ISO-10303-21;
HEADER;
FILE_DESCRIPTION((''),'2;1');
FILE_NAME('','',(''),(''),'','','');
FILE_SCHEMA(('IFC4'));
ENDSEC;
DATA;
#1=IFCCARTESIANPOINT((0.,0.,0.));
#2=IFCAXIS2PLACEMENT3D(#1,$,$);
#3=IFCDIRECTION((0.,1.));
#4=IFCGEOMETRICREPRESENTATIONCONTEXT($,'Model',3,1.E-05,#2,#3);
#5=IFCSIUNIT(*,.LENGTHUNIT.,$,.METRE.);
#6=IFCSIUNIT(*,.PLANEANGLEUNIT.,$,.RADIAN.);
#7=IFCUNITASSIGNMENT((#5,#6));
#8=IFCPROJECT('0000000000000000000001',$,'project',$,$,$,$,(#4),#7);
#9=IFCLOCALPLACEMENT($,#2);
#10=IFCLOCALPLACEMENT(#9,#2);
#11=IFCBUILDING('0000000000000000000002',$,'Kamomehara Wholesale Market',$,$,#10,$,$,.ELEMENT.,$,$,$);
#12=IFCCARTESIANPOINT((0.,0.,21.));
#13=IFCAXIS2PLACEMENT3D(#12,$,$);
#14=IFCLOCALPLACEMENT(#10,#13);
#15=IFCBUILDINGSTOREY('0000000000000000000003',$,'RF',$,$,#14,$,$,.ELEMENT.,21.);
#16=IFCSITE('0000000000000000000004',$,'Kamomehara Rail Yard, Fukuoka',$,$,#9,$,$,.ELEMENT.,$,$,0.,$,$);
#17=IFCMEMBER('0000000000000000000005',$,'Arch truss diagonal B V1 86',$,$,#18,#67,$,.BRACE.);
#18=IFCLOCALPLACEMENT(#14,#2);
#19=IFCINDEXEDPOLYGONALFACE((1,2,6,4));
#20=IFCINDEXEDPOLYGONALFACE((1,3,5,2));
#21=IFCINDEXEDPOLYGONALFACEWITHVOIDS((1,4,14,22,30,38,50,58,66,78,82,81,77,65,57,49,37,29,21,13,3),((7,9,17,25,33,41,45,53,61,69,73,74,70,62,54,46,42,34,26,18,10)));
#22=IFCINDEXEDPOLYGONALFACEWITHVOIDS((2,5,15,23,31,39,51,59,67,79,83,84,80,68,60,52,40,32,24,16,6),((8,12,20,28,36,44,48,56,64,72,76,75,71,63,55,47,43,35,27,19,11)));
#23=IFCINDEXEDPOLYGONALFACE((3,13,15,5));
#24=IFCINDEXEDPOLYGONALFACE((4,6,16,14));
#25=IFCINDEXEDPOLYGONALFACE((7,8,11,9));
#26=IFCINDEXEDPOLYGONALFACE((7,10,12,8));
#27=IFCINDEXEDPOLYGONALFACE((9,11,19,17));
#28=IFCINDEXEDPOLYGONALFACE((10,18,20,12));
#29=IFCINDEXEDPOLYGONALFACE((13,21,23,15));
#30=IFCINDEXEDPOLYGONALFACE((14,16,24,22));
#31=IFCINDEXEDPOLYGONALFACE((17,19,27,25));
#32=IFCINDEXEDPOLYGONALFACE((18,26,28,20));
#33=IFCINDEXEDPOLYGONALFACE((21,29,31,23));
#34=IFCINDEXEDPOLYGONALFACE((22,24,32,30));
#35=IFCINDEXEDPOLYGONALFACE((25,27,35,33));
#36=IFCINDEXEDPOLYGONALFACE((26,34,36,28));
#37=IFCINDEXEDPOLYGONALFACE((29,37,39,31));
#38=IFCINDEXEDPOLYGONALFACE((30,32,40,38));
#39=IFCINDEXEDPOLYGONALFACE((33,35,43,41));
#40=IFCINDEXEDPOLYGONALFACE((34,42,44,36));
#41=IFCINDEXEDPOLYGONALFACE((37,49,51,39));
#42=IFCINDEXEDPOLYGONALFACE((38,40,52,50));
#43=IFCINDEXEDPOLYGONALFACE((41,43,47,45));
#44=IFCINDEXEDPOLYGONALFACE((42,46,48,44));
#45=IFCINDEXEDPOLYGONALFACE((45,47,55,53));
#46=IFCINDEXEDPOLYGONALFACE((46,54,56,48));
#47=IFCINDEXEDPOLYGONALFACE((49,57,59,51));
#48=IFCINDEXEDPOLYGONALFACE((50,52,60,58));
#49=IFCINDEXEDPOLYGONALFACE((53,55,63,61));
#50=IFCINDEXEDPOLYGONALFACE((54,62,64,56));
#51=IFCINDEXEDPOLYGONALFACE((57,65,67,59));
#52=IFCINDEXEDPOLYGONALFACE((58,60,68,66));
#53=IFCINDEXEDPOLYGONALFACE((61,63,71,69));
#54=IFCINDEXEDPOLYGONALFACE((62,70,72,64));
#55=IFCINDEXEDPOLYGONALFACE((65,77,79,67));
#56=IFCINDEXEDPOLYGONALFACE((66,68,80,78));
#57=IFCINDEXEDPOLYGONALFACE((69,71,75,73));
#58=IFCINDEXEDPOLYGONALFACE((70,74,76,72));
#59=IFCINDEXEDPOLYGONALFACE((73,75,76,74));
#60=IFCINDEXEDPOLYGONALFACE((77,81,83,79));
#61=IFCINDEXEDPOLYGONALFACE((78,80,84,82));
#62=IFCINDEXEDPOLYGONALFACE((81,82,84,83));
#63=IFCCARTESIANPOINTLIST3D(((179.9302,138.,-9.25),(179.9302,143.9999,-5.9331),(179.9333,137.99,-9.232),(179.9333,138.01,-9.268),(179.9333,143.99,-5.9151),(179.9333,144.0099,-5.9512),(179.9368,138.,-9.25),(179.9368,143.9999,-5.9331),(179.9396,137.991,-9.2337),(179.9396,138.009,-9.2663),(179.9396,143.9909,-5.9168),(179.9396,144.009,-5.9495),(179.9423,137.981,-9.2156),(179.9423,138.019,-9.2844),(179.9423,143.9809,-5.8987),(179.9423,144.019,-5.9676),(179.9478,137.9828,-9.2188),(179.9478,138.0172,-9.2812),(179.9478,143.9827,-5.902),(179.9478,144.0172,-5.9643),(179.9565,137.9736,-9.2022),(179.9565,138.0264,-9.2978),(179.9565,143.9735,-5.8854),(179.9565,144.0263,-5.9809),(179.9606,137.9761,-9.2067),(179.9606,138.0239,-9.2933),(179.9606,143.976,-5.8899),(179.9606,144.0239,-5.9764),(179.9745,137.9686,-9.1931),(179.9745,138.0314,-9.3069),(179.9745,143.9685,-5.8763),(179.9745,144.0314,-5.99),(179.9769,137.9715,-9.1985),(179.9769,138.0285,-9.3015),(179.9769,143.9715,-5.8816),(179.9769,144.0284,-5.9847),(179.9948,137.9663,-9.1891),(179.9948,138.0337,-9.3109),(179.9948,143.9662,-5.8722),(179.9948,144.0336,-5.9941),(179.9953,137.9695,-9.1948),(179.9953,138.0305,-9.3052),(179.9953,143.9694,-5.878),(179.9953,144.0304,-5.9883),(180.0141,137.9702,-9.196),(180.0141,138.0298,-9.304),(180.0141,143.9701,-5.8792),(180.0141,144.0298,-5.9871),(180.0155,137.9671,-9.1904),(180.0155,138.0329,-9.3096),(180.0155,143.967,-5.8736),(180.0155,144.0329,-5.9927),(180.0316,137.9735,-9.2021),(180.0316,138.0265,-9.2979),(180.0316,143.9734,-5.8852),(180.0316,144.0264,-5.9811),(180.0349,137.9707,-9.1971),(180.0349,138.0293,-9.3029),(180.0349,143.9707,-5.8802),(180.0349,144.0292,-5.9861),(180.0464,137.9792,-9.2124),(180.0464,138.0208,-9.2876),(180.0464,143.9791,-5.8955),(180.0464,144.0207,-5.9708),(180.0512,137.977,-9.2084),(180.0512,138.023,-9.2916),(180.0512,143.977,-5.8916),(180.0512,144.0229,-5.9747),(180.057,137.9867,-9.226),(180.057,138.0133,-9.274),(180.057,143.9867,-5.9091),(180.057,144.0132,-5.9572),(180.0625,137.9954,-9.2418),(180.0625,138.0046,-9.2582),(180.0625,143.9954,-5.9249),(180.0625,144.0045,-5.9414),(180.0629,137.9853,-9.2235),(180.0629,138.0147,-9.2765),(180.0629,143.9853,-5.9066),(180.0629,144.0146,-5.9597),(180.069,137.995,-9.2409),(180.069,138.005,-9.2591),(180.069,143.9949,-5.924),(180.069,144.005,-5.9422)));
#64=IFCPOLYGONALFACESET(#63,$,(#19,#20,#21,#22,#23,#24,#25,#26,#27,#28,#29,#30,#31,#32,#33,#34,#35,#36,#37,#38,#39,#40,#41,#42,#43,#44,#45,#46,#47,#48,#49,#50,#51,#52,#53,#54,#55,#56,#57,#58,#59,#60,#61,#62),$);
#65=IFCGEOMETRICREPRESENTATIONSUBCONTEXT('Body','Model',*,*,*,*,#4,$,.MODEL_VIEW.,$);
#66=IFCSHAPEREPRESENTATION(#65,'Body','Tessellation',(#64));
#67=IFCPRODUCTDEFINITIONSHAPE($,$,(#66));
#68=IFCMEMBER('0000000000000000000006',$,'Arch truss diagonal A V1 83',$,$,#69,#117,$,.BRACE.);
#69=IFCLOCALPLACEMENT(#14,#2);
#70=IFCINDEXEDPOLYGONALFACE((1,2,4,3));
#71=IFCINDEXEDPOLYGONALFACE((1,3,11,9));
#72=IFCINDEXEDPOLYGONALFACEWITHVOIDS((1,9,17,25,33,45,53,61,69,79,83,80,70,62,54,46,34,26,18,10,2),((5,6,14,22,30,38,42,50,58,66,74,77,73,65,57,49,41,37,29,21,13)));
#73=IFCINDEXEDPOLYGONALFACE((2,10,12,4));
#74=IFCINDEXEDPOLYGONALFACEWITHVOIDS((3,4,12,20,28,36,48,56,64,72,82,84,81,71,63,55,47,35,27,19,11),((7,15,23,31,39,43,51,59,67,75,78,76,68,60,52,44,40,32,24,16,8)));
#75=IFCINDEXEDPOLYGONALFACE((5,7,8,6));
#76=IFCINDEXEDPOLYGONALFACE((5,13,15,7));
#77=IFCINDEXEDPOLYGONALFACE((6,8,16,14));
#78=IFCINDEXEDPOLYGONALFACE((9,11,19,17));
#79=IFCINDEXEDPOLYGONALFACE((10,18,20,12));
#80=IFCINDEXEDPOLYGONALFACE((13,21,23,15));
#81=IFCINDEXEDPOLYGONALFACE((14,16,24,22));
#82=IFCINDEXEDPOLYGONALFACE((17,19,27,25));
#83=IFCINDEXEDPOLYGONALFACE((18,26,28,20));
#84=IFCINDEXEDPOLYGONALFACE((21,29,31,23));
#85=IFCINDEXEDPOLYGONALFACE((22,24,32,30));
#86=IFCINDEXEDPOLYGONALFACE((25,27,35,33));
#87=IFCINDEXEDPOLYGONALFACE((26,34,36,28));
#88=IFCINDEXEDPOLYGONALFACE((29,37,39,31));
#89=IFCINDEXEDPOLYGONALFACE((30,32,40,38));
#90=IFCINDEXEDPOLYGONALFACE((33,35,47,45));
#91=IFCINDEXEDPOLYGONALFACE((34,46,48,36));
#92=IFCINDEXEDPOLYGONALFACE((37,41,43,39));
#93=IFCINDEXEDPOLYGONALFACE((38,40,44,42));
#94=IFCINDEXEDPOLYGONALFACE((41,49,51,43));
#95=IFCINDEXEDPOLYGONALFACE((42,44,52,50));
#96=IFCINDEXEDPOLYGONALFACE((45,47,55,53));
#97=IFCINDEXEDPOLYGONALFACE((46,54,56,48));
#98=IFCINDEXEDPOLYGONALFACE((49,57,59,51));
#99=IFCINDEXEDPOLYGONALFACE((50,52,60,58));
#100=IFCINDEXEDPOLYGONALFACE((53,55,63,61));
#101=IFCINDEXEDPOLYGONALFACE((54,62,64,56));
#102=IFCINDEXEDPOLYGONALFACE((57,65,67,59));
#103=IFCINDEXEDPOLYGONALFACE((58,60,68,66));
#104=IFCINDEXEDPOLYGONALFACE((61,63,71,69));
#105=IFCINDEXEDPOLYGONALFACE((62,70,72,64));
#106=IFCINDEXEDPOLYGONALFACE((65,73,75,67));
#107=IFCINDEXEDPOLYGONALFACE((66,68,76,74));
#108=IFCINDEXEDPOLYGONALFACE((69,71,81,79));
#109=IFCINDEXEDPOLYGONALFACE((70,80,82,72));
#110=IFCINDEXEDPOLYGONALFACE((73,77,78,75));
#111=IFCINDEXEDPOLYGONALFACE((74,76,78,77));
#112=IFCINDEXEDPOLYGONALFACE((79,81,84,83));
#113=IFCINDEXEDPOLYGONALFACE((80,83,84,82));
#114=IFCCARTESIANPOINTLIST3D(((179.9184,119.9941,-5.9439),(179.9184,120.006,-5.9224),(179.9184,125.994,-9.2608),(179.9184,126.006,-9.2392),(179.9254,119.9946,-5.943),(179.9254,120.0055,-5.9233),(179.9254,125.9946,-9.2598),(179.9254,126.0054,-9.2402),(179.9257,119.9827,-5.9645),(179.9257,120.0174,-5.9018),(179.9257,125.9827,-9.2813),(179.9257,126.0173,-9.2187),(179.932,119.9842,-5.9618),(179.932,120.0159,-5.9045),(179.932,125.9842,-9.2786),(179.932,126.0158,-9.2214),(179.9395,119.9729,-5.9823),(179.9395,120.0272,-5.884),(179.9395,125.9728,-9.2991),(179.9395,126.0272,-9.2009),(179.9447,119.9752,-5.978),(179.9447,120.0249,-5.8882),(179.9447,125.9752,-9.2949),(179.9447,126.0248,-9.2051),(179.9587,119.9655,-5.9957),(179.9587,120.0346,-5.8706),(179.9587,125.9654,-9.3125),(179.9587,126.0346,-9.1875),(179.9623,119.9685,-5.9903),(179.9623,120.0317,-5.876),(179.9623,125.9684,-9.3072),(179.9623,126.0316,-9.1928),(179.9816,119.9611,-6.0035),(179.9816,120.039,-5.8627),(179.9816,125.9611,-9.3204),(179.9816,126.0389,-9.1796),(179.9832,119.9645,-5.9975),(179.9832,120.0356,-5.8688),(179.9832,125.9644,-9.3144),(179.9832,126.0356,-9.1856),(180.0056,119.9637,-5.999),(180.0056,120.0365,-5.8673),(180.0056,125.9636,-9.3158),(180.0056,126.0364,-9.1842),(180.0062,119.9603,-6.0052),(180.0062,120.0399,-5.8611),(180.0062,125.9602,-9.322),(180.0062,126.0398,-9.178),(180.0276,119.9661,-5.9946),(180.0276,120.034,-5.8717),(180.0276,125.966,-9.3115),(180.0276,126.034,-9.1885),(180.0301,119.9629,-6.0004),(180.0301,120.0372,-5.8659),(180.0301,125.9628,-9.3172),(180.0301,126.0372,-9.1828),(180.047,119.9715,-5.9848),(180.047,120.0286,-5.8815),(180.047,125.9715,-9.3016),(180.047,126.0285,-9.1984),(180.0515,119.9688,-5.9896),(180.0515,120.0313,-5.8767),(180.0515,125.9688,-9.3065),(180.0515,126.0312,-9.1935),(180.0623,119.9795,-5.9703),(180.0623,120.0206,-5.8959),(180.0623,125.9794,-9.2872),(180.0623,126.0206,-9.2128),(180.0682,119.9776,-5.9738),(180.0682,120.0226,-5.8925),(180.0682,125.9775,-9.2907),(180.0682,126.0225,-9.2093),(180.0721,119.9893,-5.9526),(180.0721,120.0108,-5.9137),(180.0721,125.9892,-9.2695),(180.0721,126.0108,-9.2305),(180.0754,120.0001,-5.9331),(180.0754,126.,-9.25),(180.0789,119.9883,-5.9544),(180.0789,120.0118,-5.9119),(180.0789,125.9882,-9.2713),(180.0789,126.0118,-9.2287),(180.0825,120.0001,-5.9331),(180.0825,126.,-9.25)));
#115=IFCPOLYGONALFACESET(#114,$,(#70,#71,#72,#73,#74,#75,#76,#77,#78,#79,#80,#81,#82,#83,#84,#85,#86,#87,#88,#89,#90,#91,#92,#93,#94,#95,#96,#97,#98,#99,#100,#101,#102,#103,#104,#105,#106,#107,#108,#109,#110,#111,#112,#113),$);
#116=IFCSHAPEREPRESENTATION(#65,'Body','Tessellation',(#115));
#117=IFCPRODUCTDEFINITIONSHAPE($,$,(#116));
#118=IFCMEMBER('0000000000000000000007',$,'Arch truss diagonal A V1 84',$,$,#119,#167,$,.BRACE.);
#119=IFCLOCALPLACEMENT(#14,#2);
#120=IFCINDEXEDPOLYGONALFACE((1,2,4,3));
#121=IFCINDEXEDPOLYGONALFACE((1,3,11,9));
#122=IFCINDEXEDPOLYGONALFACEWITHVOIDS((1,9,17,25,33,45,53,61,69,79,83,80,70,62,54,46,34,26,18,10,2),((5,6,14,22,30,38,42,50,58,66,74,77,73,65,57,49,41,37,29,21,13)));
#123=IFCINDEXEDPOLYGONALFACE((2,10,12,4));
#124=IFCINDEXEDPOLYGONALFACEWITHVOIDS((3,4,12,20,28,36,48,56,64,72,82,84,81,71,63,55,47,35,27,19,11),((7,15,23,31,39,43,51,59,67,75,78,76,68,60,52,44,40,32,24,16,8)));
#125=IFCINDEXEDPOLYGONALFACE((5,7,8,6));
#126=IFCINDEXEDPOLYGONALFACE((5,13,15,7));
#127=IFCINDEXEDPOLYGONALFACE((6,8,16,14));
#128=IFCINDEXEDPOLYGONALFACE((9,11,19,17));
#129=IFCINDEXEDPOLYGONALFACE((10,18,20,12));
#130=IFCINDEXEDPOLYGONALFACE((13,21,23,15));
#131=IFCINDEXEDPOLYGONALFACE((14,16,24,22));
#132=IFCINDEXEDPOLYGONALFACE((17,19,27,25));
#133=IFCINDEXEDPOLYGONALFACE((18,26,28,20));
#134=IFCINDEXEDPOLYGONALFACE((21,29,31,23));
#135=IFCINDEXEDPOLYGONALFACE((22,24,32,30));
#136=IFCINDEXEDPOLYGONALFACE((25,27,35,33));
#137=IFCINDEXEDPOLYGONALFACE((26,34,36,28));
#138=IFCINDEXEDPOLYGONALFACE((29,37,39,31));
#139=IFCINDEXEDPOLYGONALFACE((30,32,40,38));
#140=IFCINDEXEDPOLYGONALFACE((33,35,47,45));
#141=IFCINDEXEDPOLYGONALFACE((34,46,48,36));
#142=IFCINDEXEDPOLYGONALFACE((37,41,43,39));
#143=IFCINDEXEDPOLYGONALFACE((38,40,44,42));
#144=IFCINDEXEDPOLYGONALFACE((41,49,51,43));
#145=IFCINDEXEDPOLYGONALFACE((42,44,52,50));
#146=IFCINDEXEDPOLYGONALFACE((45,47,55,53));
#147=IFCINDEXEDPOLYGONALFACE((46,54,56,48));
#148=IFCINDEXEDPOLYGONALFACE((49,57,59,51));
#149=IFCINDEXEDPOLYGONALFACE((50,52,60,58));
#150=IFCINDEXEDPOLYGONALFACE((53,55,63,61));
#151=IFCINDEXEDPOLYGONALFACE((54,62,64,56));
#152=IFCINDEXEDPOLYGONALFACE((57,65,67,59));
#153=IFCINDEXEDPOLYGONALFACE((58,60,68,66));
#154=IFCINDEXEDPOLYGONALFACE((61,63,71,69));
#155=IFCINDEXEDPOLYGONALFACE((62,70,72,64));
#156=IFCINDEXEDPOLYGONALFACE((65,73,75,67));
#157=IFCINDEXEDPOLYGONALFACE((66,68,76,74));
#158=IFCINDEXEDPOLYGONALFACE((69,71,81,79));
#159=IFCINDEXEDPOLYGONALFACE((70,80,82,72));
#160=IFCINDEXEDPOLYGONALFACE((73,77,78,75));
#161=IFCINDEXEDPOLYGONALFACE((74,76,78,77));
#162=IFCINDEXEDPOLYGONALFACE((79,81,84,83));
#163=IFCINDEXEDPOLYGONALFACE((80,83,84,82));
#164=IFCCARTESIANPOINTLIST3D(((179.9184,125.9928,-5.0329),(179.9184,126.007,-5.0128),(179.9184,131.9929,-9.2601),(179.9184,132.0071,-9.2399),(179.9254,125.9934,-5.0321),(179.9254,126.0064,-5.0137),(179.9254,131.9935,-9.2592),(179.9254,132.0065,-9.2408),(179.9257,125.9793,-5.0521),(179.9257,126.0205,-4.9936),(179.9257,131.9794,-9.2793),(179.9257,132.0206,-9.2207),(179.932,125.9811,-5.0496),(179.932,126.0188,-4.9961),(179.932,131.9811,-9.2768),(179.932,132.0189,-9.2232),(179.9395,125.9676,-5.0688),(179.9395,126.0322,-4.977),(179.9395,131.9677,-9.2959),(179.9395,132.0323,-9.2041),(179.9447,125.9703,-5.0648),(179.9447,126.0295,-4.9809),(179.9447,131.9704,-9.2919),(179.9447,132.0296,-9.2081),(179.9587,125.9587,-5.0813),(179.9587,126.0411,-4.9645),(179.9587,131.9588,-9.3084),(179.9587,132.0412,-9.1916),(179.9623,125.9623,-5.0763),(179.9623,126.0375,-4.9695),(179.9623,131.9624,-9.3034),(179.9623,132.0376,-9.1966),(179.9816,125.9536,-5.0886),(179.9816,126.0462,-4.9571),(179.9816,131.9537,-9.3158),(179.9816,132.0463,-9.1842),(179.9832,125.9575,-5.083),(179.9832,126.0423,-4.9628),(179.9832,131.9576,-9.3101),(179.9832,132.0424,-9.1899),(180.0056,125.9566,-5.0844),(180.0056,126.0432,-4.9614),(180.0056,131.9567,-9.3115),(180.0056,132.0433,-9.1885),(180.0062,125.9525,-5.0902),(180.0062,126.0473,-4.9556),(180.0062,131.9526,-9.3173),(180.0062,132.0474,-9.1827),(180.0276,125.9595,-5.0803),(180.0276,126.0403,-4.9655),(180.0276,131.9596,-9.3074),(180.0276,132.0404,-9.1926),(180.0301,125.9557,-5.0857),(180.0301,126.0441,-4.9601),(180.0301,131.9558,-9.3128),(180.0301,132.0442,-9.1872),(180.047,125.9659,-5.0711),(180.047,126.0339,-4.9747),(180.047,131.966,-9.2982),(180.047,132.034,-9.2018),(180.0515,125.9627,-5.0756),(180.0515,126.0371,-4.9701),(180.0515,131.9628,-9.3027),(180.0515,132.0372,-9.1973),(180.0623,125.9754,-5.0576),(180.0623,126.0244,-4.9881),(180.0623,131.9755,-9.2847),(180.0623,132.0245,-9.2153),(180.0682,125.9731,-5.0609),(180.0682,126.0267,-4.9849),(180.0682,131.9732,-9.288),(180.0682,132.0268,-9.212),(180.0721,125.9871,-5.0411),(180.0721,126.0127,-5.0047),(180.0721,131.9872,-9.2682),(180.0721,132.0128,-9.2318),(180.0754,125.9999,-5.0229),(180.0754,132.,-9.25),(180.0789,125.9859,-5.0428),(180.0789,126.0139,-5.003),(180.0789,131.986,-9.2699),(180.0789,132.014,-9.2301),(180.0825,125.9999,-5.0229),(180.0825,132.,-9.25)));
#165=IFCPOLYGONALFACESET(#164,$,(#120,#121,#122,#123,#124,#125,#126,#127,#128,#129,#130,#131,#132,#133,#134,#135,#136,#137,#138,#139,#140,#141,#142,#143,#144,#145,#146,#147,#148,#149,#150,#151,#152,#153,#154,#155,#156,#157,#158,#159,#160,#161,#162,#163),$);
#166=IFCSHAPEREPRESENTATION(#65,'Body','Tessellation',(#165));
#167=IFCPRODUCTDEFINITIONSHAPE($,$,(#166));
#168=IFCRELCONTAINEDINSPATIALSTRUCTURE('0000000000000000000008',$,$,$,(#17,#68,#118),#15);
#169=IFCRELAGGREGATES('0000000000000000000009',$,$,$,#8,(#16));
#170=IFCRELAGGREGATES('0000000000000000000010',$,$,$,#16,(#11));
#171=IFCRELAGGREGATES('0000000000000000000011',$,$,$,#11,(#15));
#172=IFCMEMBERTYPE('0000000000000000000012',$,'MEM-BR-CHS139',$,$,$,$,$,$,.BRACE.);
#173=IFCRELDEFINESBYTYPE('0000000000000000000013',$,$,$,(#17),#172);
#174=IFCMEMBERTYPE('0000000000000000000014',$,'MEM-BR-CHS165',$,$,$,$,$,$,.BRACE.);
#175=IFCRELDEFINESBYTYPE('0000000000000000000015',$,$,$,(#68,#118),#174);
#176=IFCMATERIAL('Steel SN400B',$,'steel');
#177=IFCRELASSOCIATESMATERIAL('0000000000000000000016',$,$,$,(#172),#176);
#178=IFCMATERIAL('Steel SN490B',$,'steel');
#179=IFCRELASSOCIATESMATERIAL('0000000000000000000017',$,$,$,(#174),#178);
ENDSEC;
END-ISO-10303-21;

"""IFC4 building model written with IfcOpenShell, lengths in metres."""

from ifc_helpers import new_model, si_unit, direction, frame, origin, origin_2d, place, context, subcontext, project, spatial, hollow_circle, extrude, material, material_profile, profile_set, type_object, element, save


model = new_model("IFC4")

# Units and contexts
model_context = context("Model", 3, precision=1e-05, world=origin(), true_north=direction((0.0, 1.0)))
body_context = subcontext(model_context, "Body", "Model", "MODEL_VIEW")
ifc_project = project(units=[si_unit("LENGTHUNIT", "METRE"), si_unit("PLANEANGLEUNIT", "RADIAN")], contexts=[model_context])

# Site, building, storey
site_placement = place(None, origin())
site = spatial("IfcSite", under=ifc_project, at=site_placement, Name="Kamomehara Rail Yard, Fukuoka", CompositionType="ELEMENT", RefElevation=0.0)
building_placement = place(site_placement, origin())
building = spatial("IfcBuilding", under=site, at=building_placement, Name="Kamomehara Wholesale Market", CompositionType="ELEMENT")
storey_placement = place(building_placement, frame((0.0, 0.0, 21.0)))
storey = spatial("IfcBuildingStorey", under=building, at=storey_placement, Name="RF", CompositionType="ELEMENT", Elevation=21.0)

# Members
ifc_material_1 = material(Name="Steel SN400B", Category="steel")
ifc_material_profile_1 = material_profile(ifc_material_1, hollow_circle(Radius=0.0698, WallThickness=0.0066, at=origin_2d()), Name="CHS-139.8x6.6")
ifc_profile_set_1 = profile_set([ifc_material_profile_1], Name="Steel SN400B")
member_type_1 = type_object("IfcMemberType", Name="MEM-BR-CHS139", PredefinedType="BRACE", material=ifc_profile_set_1)
member_1_placement = place(storey_placement, frame((180.0, 138.0, -9.25), z_axis=(0.0, 0.875173, 0.48381), x_axis=(-1.0, 0.0, 0.0)))
element("IfcMember", 1, at=member_1_placement, inside=storey, type_object=member_type_1, Name="Arch truss diagonal B V1 86", PredefinedType="BRACE", context=body_context, shape_type="SweptSolid", body=[
    extrude(hollow_circle(Radius=0.0698, WallThickness=0.0066, at=origin_2d()), origin(), (0.0, 0.0, 1.0), 6.8557),
])
ifc_material_2 = material(Name="Steel SN490B", Category="steel")
ifc_material_profile_2 = material_profile(ifc_material_2, hollow_circle(Radius=0.0825, WallThickness=0.0071, at=origin_2d()), Name="CHS-165.2x7.1")
ifc_profile_set_2 = profile_set([ifc_material_profile_2], Name="Steel SN490B")
member_type_2 = type_object("IfcMemberType", Name="MEM-BR-CHS165", PredefinedType="BRACE", material=ifc_profile_set_2)
member_2_placement = place(storey_placement, frame((180.0, 126.0, -9.25), z_axis=(0.0, -0.875173, 0.48381), x_axis=(1.0, 0.0, 0.0)))
element("IfcMember", 2, at=member_2_placement, inside=storey, type_object=member_type_2, Name="Arch truss diagonal A V1 83", PredefinedType="BRACE", context=body_context, shape_type="SweptSolid", body=[
    extrude(hollow_circle(Radius=0.0825, WallThickness=0.0071, at=origin_2d()), origin(), (0.0, 0.0, 1.0), 6.8557),
])
member_3_placement = place(storey_placement, frame((180.0, 132.0, -9.25), z_axis=(0.0, -0.817497, 0.575933), x_axis=(1.0, 0.0, 0.0)))
element("IfcMember", 3, at=member_3_placement, inside=storey, type_object=member_type_2, Name="Arch truss diagonal A V1 84", PredefinedType="BRACE", context=body_context, shape_type="SweptSolid", body=[
    extrude(hollow_circle(Radius=0.0825, WallThickness=0.0071, at=origin_2d()), origin(), (0.0, 0.0, 1.0), 7.3396),
])

save(model, "model.ifc")
